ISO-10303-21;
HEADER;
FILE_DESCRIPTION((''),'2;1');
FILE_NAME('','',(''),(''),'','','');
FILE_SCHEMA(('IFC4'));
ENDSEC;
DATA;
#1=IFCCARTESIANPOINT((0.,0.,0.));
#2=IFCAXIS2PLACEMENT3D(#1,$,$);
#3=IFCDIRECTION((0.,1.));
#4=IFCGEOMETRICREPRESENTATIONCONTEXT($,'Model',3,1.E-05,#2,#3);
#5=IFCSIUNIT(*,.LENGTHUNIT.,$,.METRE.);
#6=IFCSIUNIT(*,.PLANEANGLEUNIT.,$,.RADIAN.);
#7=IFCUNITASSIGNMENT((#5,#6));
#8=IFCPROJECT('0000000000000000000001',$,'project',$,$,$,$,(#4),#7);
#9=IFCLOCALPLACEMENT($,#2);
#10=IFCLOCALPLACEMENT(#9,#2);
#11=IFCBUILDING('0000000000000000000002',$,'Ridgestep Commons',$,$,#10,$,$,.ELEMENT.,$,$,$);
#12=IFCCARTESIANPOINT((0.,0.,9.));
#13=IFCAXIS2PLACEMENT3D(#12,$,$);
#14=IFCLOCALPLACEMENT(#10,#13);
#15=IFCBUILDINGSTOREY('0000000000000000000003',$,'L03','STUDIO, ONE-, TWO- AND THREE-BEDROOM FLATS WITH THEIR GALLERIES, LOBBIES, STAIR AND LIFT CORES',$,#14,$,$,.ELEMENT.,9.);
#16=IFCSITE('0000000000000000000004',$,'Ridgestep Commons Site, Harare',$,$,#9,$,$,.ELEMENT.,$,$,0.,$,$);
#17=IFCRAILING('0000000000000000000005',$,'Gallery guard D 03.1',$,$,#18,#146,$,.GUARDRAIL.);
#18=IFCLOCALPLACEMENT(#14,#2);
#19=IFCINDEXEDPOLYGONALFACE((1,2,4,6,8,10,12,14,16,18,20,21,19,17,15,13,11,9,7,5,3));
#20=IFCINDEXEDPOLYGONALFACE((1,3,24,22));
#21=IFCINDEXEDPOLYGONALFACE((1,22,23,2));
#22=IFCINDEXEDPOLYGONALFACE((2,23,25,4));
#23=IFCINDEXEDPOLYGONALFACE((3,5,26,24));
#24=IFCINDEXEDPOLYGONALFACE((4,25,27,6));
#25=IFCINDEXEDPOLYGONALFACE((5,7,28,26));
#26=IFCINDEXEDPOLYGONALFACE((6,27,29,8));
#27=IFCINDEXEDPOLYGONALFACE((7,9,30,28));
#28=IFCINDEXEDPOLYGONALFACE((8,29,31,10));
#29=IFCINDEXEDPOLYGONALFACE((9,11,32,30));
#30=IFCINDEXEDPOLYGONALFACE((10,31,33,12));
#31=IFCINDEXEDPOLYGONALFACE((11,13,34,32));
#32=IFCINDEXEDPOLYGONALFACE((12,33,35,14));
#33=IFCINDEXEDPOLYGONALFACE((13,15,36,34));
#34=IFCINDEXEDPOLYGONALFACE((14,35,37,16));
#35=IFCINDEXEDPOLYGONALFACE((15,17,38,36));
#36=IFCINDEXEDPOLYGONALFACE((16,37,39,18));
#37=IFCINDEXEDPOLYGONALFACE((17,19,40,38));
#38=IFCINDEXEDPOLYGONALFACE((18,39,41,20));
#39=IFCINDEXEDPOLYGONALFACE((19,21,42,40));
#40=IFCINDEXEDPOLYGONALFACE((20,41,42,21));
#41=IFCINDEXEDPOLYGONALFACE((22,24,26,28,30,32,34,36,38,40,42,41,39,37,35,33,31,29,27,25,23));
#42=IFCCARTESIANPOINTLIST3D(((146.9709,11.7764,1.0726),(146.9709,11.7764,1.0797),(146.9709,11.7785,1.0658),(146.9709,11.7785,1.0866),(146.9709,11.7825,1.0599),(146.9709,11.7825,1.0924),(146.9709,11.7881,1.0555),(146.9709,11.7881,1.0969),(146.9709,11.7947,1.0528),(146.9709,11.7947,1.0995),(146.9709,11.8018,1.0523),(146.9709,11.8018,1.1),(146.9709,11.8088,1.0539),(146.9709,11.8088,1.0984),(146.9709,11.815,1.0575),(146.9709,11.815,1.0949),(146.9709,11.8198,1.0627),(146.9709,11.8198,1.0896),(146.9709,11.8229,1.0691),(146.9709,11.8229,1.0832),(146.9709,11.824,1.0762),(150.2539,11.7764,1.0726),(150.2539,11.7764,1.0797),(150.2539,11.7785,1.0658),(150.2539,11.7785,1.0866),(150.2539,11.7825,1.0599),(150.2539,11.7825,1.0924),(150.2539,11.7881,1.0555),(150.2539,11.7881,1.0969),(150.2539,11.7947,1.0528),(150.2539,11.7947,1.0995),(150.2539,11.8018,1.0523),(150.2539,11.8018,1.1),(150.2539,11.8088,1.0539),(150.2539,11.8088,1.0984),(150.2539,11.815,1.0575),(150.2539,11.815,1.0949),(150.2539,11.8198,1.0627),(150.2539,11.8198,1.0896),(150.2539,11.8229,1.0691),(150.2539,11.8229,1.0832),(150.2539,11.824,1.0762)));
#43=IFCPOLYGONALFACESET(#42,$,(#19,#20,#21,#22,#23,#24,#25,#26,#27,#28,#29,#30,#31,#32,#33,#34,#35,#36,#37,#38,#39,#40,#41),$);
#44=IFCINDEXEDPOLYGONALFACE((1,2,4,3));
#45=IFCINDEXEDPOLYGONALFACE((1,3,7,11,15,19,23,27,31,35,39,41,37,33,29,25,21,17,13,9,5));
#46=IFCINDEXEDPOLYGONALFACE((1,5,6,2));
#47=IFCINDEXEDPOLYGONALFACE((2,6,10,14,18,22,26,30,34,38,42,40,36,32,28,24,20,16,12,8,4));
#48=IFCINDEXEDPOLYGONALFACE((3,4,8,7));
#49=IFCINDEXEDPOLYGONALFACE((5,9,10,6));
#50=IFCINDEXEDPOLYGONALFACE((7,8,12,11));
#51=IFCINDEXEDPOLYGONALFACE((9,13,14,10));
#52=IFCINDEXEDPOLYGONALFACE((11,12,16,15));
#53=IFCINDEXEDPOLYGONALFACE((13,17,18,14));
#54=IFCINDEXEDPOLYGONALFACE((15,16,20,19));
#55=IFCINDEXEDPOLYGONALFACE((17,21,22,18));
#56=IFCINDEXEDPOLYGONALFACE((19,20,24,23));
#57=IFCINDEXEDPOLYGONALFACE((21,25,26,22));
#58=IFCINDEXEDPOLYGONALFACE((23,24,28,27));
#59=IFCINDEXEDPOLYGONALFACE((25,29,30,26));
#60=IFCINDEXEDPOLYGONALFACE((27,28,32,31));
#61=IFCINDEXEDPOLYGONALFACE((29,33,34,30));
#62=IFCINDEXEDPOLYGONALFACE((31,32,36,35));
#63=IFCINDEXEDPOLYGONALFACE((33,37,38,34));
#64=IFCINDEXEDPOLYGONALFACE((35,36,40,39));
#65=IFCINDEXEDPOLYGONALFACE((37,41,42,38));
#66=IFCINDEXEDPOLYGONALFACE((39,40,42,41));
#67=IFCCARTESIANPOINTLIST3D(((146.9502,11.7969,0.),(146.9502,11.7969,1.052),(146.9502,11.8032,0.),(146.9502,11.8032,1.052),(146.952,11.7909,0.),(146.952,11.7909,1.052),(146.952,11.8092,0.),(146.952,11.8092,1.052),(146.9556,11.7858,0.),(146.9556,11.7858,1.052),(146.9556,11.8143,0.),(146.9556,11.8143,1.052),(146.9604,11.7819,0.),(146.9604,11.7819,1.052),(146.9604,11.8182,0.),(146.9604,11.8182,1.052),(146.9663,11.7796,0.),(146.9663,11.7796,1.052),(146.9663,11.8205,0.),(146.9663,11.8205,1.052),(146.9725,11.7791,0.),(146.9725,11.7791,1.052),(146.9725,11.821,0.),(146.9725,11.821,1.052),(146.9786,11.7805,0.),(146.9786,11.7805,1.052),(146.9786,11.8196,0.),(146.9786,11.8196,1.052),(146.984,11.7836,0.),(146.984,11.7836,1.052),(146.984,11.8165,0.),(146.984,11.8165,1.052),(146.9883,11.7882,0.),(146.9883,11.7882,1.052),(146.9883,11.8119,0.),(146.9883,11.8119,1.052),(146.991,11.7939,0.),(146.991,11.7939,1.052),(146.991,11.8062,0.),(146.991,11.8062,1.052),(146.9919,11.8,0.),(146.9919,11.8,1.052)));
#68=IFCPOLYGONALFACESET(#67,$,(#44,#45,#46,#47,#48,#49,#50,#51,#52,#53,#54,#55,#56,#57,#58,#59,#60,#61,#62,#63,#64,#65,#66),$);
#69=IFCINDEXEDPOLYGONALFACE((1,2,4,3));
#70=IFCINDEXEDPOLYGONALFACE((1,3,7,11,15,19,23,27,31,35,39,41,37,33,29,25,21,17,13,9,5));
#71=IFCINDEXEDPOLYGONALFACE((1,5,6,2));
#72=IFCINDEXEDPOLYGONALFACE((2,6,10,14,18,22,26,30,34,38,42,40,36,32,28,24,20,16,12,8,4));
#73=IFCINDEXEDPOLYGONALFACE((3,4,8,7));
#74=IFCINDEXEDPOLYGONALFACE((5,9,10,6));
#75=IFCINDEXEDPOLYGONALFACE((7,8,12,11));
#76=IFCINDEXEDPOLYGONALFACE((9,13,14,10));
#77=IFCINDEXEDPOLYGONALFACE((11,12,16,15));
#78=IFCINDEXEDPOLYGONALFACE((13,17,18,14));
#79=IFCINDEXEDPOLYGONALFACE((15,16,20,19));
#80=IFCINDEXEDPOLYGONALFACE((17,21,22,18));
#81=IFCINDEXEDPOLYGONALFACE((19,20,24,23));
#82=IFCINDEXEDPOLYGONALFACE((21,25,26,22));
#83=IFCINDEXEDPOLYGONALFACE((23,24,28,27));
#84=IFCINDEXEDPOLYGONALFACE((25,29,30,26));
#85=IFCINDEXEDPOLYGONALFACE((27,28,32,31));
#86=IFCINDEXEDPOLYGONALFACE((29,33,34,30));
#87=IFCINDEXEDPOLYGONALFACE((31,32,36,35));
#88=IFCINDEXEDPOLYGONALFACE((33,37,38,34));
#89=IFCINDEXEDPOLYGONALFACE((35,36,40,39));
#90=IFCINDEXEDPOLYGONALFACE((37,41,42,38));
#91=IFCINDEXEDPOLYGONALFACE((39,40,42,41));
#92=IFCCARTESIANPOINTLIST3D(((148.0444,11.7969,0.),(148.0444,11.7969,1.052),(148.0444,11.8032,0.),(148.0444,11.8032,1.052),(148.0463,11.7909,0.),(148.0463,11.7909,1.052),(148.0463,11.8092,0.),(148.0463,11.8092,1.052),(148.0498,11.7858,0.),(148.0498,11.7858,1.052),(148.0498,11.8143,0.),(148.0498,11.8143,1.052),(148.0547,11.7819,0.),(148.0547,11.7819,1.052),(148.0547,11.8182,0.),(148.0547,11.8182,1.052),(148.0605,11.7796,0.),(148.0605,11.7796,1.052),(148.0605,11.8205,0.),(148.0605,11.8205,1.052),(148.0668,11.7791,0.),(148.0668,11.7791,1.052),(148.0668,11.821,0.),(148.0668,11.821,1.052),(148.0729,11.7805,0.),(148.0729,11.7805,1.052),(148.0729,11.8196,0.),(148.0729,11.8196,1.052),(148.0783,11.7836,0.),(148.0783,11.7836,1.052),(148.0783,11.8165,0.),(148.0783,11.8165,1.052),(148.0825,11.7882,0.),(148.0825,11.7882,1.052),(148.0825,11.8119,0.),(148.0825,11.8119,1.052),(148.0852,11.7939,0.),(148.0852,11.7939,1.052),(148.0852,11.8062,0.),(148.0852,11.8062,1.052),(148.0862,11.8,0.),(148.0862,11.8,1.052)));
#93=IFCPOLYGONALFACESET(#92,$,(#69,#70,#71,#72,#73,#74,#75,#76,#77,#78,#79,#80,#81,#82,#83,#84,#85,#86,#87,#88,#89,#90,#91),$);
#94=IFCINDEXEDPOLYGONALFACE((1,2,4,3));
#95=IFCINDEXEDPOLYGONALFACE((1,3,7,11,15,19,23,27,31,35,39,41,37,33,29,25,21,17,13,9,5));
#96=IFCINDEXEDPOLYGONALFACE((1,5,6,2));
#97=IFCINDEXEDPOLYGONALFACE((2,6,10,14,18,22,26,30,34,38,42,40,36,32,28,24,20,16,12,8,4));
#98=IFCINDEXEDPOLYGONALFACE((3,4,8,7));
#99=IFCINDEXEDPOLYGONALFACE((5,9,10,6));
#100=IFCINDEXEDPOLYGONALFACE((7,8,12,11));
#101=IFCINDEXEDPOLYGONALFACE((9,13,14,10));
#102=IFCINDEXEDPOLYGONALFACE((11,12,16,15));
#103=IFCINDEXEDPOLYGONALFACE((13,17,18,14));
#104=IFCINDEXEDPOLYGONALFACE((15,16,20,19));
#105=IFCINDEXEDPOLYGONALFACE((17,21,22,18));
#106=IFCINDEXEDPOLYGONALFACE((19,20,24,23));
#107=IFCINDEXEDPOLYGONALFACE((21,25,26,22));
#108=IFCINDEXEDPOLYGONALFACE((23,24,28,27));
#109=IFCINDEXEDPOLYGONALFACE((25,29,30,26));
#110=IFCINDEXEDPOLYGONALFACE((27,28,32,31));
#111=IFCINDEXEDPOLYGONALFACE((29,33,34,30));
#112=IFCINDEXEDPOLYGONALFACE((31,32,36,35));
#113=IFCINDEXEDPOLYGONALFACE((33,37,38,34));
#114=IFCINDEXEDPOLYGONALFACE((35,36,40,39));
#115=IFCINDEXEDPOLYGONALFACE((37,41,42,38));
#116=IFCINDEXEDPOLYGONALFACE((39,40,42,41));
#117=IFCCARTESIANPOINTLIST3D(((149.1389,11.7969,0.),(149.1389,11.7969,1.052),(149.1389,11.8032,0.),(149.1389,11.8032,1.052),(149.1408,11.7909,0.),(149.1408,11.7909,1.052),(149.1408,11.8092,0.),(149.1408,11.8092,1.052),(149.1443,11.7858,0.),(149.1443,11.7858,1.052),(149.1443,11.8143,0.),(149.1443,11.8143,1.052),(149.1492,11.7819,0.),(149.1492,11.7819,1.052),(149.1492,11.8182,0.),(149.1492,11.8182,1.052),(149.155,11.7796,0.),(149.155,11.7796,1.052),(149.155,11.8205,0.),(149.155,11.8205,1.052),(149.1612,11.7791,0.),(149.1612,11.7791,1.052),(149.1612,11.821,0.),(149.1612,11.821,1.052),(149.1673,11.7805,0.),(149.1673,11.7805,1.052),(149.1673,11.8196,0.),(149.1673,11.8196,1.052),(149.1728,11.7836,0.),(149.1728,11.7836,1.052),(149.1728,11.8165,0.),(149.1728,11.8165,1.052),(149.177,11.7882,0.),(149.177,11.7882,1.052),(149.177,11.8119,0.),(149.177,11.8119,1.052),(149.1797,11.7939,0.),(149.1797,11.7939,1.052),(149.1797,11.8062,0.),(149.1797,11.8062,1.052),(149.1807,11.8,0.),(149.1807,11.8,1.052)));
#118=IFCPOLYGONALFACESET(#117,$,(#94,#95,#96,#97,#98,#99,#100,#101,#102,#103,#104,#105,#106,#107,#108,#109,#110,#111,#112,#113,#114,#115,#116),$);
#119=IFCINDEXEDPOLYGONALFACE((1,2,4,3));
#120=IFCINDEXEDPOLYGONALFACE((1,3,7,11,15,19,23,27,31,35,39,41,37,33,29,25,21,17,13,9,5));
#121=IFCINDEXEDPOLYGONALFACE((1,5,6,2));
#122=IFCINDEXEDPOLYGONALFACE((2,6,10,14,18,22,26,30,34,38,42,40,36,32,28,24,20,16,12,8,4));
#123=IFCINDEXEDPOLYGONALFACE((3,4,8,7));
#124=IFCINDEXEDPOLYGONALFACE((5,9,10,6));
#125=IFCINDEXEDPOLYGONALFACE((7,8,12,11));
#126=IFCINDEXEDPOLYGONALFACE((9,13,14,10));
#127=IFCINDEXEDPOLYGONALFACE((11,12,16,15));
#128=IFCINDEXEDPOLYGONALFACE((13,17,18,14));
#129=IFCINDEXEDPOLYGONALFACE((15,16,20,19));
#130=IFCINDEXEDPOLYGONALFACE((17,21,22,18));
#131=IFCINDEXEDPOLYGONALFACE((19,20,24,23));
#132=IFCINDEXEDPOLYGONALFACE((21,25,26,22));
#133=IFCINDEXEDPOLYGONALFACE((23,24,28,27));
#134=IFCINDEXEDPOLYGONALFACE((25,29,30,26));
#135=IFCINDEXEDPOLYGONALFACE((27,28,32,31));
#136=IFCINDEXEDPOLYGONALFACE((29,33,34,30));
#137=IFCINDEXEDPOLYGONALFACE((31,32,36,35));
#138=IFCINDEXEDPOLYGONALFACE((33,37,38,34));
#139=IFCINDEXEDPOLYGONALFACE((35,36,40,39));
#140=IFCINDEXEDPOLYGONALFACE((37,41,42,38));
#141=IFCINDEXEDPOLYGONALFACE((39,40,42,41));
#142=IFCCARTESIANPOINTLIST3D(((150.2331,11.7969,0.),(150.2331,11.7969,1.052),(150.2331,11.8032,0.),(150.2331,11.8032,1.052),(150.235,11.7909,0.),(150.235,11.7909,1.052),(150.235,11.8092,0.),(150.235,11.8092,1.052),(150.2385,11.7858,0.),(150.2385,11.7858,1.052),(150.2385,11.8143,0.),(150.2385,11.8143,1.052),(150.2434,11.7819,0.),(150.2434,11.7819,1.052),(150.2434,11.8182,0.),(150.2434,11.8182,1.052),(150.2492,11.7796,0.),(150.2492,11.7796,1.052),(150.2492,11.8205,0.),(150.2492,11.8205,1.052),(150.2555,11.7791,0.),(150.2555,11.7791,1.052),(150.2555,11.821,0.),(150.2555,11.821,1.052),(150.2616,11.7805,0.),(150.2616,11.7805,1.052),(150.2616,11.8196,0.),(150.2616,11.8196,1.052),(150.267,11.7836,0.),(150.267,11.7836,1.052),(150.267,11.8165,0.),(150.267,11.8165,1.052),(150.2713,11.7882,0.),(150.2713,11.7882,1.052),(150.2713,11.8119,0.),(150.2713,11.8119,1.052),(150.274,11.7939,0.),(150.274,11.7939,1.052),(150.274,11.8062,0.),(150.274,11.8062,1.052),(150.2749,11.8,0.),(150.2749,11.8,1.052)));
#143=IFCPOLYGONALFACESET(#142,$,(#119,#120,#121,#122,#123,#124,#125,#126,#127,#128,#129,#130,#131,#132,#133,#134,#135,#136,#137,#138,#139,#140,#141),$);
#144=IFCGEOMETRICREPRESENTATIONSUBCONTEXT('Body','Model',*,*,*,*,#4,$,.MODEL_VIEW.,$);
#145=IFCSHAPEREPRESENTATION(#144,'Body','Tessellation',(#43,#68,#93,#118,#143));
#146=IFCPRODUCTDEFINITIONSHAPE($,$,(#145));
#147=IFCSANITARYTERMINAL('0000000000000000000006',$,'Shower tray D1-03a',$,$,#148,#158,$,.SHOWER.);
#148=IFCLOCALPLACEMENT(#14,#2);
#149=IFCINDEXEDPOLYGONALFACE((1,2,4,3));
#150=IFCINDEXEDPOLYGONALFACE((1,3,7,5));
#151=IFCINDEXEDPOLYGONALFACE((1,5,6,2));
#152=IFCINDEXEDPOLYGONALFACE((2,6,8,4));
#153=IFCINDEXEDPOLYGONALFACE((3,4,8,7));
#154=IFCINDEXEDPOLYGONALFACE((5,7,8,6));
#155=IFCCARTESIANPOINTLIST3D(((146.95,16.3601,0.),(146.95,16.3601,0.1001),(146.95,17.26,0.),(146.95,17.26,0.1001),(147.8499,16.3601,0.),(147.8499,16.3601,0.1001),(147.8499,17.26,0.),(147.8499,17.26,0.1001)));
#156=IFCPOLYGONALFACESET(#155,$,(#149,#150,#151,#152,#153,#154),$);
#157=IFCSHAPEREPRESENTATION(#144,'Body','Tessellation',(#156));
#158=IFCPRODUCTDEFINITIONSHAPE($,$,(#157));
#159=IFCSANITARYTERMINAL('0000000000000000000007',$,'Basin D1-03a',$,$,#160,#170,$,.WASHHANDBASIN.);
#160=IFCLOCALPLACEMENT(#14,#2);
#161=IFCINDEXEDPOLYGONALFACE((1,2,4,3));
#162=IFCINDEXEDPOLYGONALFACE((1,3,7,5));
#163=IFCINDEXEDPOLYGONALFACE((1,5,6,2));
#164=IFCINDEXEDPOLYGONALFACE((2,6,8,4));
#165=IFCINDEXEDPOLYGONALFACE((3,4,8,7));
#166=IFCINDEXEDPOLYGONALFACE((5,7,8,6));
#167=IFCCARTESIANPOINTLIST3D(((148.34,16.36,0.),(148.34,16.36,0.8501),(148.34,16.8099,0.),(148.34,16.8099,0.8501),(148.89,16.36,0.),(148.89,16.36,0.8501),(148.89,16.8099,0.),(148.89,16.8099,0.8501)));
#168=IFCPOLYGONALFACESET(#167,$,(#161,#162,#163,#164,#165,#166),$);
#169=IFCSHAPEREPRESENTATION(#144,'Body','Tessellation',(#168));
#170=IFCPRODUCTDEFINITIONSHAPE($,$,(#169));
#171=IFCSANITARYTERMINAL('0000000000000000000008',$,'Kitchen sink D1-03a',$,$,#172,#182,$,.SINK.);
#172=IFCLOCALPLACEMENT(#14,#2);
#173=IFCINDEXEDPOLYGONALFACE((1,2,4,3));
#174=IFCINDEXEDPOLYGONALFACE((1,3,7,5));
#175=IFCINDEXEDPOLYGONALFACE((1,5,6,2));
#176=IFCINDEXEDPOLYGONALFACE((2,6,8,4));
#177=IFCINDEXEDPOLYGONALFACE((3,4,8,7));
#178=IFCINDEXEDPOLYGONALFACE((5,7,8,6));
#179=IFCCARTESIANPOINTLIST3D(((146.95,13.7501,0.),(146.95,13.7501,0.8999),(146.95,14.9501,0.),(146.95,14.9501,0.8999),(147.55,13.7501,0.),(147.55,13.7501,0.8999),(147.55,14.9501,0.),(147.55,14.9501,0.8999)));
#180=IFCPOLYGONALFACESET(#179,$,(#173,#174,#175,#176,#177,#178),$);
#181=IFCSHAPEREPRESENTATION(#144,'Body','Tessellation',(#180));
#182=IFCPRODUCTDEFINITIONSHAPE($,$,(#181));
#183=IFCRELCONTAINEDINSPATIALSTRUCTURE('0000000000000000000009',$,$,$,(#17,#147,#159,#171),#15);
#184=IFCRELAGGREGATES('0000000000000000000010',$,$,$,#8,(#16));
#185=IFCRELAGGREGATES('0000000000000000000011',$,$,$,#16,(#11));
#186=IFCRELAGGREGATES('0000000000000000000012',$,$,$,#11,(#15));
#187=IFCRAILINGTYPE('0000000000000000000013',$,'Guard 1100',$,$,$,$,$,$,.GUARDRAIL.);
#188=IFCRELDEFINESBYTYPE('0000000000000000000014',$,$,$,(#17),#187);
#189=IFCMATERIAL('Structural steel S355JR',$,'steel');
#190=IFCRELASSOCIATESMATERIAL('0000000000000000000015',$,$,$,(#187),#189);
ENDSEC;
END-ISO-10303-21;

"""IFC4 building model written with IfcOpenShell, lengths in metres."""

from ifc_helpers import new_model, si_unit, direction, frame, origin, origin_2d, place, context, subcontext, project, spatial, rectangle, circle, extrude, material, type_object, element, save


model = new_model("IFC4")

# Units and contexts
model_context = context("Model", 3, precision=1e-05, world=origin(), true_north=direction((0.0, 1.0)))
body_context = subcontext(model_context, "Body", "Model", "MODEL_VIEW")
ifc_project = project(units=[si_unit("LENGTHUNIT", "METRE"), si_unit("PLANEANGLEUNIT", "RADIAN")], contexts=[model_context])

# Site, building, storey
site_placement = place(None, origin())
site = spatial("IfcSite", under=ifc_project, at=site_placement, Name="Ridgestep Commons Site, Harare", CompositionType="ELEMENT", RefElevation=0.0)
building_placement = place(site_placement, origin())
building = spatial("IfcBuilding", under=site, at=building_placement, Name="Ridgestep Commons", CompositionType="ELEMENT")
storey_placement = place(building_placement, frame((0.0, 0.0, 9.0)))
storey = spatial("IfcBuildingStorey", under=building, at=storey_placement, Name="L03", Description="STUDIO, ONE-, TWO- AND THREE-BEDROOM FLATS WITH THEIR GALLERIES, LOBBIES, STAIR AND LIFT CORES", CompositionType="ELEMENT", Elevation=9.0)

# Railing
ifc_material_1 = material(Name="Structural steel S355JR", Category="steel")
railing_type = type_object("IfcRailingType", Name="Guard 1100", PredefinedType="GUARDRAIL", material=ifc_material_1)
railing_placement = place(storey_placement, frame((146.9709, 11.8, 0.0)))
element("IfcRailing", 1, at=railing_placement, inside=storey, type_object=railing_type, Name="Gallery guard D 03.1", PredefinedType="GUARDRAIL", context=body_context, shape_type="SweptSolid", body=[
    extrude(circle(Radius=0.0239, at=origin_2d()), frame((0.0, 0.0, 1.0762), z_axis=(1.0, 0.0, 0.0), x_axis=(0.0, 1.0, 0.0)), (0.0, 0.0, 1.0), 3.283),
    extrude(circle(Radius=0.021, at=origin_2d()), origin(), (0.0, 0.0, 1.0), 1.052),
    extrude(circle(Radius=0.021, at=origin_2d()), frame((1.0942, 0.0, 0.0)), (0.0, 0.0, 1.0), 1.052),
    extrude(circle(Radius=0.021, at=origin_2d()), frame((2.1887, 0.0, 0.0)), (0.0, 0.0, 1.0), 1.052),
    extrude(circle(Radius=0.021, at=origin_2d()), frame((3.283, 0.0, 0.0)), (0.0, 0.0, 1.0), 1.052),
])

# Sanitary terminals
sanitary_terminal_1_placement = place(storey_placement, frame((147.3999, 16.8101, 0.0), z_axis=(0.0, 0.0, 1.0), x_axis=(1.0, 0.0, 0.0)))
element("IfcSanitaryTerminal", 2, at=sanitary_terminal_1_placement, inside=storey, Name="Shower tray D1-03a", PredefinedType="SHOWER", context=body_context, shape_type="SweptSolid", body=[
    extrude(rectangle(XDim=0.8999, YDim=0.8999, at=origin_2d()), origin(), (0.0, 0.0, 1.0), 0.1001),
])
sanitary_terminal_2_placement = place(storey_placement, frame((148.615, 16.585, 0.0), z_axis=(0.0, 0.0, 1.0), x_axis=(1.0, 0.0, 0.0)))
element("IfcSanitaryTerminal", 3, at=sanitary_terminal_2_placement, inside=storey, Name="Basin D1-03a", PredefinedType="WASHHANDBASIN", context=body_context, shape_type="SweptSolid", body=[
    extrude(rectangle(XDim=0.55, YDim=0.45, at=origin_2d()), origin(), (0.0, 0.0, 1.0), 0.8501),
])
sanitary_terminal_3_placement = place(storey_placement, frame((147.25, 14.3501, 0.0), z_axis=(0.0, 0.0, 1.0), x_axis=(1.0, 0.0, 0.0)))
element("IfcSanitaryTerminal", 4, at=sanitary_terminal_3_placement, inside=storey, Name="Kitchen sink D1-03a", PredefinedType="SINK", context=body_context, shape_type="SweptSolid", body=[
    extrude(rectangle(XDim=0.6001, YDim=1.2, at=origin_2d()), origin(), (0.0, 0.0, 1.0), 0.8999),
])

save(model, "model.ifc")
